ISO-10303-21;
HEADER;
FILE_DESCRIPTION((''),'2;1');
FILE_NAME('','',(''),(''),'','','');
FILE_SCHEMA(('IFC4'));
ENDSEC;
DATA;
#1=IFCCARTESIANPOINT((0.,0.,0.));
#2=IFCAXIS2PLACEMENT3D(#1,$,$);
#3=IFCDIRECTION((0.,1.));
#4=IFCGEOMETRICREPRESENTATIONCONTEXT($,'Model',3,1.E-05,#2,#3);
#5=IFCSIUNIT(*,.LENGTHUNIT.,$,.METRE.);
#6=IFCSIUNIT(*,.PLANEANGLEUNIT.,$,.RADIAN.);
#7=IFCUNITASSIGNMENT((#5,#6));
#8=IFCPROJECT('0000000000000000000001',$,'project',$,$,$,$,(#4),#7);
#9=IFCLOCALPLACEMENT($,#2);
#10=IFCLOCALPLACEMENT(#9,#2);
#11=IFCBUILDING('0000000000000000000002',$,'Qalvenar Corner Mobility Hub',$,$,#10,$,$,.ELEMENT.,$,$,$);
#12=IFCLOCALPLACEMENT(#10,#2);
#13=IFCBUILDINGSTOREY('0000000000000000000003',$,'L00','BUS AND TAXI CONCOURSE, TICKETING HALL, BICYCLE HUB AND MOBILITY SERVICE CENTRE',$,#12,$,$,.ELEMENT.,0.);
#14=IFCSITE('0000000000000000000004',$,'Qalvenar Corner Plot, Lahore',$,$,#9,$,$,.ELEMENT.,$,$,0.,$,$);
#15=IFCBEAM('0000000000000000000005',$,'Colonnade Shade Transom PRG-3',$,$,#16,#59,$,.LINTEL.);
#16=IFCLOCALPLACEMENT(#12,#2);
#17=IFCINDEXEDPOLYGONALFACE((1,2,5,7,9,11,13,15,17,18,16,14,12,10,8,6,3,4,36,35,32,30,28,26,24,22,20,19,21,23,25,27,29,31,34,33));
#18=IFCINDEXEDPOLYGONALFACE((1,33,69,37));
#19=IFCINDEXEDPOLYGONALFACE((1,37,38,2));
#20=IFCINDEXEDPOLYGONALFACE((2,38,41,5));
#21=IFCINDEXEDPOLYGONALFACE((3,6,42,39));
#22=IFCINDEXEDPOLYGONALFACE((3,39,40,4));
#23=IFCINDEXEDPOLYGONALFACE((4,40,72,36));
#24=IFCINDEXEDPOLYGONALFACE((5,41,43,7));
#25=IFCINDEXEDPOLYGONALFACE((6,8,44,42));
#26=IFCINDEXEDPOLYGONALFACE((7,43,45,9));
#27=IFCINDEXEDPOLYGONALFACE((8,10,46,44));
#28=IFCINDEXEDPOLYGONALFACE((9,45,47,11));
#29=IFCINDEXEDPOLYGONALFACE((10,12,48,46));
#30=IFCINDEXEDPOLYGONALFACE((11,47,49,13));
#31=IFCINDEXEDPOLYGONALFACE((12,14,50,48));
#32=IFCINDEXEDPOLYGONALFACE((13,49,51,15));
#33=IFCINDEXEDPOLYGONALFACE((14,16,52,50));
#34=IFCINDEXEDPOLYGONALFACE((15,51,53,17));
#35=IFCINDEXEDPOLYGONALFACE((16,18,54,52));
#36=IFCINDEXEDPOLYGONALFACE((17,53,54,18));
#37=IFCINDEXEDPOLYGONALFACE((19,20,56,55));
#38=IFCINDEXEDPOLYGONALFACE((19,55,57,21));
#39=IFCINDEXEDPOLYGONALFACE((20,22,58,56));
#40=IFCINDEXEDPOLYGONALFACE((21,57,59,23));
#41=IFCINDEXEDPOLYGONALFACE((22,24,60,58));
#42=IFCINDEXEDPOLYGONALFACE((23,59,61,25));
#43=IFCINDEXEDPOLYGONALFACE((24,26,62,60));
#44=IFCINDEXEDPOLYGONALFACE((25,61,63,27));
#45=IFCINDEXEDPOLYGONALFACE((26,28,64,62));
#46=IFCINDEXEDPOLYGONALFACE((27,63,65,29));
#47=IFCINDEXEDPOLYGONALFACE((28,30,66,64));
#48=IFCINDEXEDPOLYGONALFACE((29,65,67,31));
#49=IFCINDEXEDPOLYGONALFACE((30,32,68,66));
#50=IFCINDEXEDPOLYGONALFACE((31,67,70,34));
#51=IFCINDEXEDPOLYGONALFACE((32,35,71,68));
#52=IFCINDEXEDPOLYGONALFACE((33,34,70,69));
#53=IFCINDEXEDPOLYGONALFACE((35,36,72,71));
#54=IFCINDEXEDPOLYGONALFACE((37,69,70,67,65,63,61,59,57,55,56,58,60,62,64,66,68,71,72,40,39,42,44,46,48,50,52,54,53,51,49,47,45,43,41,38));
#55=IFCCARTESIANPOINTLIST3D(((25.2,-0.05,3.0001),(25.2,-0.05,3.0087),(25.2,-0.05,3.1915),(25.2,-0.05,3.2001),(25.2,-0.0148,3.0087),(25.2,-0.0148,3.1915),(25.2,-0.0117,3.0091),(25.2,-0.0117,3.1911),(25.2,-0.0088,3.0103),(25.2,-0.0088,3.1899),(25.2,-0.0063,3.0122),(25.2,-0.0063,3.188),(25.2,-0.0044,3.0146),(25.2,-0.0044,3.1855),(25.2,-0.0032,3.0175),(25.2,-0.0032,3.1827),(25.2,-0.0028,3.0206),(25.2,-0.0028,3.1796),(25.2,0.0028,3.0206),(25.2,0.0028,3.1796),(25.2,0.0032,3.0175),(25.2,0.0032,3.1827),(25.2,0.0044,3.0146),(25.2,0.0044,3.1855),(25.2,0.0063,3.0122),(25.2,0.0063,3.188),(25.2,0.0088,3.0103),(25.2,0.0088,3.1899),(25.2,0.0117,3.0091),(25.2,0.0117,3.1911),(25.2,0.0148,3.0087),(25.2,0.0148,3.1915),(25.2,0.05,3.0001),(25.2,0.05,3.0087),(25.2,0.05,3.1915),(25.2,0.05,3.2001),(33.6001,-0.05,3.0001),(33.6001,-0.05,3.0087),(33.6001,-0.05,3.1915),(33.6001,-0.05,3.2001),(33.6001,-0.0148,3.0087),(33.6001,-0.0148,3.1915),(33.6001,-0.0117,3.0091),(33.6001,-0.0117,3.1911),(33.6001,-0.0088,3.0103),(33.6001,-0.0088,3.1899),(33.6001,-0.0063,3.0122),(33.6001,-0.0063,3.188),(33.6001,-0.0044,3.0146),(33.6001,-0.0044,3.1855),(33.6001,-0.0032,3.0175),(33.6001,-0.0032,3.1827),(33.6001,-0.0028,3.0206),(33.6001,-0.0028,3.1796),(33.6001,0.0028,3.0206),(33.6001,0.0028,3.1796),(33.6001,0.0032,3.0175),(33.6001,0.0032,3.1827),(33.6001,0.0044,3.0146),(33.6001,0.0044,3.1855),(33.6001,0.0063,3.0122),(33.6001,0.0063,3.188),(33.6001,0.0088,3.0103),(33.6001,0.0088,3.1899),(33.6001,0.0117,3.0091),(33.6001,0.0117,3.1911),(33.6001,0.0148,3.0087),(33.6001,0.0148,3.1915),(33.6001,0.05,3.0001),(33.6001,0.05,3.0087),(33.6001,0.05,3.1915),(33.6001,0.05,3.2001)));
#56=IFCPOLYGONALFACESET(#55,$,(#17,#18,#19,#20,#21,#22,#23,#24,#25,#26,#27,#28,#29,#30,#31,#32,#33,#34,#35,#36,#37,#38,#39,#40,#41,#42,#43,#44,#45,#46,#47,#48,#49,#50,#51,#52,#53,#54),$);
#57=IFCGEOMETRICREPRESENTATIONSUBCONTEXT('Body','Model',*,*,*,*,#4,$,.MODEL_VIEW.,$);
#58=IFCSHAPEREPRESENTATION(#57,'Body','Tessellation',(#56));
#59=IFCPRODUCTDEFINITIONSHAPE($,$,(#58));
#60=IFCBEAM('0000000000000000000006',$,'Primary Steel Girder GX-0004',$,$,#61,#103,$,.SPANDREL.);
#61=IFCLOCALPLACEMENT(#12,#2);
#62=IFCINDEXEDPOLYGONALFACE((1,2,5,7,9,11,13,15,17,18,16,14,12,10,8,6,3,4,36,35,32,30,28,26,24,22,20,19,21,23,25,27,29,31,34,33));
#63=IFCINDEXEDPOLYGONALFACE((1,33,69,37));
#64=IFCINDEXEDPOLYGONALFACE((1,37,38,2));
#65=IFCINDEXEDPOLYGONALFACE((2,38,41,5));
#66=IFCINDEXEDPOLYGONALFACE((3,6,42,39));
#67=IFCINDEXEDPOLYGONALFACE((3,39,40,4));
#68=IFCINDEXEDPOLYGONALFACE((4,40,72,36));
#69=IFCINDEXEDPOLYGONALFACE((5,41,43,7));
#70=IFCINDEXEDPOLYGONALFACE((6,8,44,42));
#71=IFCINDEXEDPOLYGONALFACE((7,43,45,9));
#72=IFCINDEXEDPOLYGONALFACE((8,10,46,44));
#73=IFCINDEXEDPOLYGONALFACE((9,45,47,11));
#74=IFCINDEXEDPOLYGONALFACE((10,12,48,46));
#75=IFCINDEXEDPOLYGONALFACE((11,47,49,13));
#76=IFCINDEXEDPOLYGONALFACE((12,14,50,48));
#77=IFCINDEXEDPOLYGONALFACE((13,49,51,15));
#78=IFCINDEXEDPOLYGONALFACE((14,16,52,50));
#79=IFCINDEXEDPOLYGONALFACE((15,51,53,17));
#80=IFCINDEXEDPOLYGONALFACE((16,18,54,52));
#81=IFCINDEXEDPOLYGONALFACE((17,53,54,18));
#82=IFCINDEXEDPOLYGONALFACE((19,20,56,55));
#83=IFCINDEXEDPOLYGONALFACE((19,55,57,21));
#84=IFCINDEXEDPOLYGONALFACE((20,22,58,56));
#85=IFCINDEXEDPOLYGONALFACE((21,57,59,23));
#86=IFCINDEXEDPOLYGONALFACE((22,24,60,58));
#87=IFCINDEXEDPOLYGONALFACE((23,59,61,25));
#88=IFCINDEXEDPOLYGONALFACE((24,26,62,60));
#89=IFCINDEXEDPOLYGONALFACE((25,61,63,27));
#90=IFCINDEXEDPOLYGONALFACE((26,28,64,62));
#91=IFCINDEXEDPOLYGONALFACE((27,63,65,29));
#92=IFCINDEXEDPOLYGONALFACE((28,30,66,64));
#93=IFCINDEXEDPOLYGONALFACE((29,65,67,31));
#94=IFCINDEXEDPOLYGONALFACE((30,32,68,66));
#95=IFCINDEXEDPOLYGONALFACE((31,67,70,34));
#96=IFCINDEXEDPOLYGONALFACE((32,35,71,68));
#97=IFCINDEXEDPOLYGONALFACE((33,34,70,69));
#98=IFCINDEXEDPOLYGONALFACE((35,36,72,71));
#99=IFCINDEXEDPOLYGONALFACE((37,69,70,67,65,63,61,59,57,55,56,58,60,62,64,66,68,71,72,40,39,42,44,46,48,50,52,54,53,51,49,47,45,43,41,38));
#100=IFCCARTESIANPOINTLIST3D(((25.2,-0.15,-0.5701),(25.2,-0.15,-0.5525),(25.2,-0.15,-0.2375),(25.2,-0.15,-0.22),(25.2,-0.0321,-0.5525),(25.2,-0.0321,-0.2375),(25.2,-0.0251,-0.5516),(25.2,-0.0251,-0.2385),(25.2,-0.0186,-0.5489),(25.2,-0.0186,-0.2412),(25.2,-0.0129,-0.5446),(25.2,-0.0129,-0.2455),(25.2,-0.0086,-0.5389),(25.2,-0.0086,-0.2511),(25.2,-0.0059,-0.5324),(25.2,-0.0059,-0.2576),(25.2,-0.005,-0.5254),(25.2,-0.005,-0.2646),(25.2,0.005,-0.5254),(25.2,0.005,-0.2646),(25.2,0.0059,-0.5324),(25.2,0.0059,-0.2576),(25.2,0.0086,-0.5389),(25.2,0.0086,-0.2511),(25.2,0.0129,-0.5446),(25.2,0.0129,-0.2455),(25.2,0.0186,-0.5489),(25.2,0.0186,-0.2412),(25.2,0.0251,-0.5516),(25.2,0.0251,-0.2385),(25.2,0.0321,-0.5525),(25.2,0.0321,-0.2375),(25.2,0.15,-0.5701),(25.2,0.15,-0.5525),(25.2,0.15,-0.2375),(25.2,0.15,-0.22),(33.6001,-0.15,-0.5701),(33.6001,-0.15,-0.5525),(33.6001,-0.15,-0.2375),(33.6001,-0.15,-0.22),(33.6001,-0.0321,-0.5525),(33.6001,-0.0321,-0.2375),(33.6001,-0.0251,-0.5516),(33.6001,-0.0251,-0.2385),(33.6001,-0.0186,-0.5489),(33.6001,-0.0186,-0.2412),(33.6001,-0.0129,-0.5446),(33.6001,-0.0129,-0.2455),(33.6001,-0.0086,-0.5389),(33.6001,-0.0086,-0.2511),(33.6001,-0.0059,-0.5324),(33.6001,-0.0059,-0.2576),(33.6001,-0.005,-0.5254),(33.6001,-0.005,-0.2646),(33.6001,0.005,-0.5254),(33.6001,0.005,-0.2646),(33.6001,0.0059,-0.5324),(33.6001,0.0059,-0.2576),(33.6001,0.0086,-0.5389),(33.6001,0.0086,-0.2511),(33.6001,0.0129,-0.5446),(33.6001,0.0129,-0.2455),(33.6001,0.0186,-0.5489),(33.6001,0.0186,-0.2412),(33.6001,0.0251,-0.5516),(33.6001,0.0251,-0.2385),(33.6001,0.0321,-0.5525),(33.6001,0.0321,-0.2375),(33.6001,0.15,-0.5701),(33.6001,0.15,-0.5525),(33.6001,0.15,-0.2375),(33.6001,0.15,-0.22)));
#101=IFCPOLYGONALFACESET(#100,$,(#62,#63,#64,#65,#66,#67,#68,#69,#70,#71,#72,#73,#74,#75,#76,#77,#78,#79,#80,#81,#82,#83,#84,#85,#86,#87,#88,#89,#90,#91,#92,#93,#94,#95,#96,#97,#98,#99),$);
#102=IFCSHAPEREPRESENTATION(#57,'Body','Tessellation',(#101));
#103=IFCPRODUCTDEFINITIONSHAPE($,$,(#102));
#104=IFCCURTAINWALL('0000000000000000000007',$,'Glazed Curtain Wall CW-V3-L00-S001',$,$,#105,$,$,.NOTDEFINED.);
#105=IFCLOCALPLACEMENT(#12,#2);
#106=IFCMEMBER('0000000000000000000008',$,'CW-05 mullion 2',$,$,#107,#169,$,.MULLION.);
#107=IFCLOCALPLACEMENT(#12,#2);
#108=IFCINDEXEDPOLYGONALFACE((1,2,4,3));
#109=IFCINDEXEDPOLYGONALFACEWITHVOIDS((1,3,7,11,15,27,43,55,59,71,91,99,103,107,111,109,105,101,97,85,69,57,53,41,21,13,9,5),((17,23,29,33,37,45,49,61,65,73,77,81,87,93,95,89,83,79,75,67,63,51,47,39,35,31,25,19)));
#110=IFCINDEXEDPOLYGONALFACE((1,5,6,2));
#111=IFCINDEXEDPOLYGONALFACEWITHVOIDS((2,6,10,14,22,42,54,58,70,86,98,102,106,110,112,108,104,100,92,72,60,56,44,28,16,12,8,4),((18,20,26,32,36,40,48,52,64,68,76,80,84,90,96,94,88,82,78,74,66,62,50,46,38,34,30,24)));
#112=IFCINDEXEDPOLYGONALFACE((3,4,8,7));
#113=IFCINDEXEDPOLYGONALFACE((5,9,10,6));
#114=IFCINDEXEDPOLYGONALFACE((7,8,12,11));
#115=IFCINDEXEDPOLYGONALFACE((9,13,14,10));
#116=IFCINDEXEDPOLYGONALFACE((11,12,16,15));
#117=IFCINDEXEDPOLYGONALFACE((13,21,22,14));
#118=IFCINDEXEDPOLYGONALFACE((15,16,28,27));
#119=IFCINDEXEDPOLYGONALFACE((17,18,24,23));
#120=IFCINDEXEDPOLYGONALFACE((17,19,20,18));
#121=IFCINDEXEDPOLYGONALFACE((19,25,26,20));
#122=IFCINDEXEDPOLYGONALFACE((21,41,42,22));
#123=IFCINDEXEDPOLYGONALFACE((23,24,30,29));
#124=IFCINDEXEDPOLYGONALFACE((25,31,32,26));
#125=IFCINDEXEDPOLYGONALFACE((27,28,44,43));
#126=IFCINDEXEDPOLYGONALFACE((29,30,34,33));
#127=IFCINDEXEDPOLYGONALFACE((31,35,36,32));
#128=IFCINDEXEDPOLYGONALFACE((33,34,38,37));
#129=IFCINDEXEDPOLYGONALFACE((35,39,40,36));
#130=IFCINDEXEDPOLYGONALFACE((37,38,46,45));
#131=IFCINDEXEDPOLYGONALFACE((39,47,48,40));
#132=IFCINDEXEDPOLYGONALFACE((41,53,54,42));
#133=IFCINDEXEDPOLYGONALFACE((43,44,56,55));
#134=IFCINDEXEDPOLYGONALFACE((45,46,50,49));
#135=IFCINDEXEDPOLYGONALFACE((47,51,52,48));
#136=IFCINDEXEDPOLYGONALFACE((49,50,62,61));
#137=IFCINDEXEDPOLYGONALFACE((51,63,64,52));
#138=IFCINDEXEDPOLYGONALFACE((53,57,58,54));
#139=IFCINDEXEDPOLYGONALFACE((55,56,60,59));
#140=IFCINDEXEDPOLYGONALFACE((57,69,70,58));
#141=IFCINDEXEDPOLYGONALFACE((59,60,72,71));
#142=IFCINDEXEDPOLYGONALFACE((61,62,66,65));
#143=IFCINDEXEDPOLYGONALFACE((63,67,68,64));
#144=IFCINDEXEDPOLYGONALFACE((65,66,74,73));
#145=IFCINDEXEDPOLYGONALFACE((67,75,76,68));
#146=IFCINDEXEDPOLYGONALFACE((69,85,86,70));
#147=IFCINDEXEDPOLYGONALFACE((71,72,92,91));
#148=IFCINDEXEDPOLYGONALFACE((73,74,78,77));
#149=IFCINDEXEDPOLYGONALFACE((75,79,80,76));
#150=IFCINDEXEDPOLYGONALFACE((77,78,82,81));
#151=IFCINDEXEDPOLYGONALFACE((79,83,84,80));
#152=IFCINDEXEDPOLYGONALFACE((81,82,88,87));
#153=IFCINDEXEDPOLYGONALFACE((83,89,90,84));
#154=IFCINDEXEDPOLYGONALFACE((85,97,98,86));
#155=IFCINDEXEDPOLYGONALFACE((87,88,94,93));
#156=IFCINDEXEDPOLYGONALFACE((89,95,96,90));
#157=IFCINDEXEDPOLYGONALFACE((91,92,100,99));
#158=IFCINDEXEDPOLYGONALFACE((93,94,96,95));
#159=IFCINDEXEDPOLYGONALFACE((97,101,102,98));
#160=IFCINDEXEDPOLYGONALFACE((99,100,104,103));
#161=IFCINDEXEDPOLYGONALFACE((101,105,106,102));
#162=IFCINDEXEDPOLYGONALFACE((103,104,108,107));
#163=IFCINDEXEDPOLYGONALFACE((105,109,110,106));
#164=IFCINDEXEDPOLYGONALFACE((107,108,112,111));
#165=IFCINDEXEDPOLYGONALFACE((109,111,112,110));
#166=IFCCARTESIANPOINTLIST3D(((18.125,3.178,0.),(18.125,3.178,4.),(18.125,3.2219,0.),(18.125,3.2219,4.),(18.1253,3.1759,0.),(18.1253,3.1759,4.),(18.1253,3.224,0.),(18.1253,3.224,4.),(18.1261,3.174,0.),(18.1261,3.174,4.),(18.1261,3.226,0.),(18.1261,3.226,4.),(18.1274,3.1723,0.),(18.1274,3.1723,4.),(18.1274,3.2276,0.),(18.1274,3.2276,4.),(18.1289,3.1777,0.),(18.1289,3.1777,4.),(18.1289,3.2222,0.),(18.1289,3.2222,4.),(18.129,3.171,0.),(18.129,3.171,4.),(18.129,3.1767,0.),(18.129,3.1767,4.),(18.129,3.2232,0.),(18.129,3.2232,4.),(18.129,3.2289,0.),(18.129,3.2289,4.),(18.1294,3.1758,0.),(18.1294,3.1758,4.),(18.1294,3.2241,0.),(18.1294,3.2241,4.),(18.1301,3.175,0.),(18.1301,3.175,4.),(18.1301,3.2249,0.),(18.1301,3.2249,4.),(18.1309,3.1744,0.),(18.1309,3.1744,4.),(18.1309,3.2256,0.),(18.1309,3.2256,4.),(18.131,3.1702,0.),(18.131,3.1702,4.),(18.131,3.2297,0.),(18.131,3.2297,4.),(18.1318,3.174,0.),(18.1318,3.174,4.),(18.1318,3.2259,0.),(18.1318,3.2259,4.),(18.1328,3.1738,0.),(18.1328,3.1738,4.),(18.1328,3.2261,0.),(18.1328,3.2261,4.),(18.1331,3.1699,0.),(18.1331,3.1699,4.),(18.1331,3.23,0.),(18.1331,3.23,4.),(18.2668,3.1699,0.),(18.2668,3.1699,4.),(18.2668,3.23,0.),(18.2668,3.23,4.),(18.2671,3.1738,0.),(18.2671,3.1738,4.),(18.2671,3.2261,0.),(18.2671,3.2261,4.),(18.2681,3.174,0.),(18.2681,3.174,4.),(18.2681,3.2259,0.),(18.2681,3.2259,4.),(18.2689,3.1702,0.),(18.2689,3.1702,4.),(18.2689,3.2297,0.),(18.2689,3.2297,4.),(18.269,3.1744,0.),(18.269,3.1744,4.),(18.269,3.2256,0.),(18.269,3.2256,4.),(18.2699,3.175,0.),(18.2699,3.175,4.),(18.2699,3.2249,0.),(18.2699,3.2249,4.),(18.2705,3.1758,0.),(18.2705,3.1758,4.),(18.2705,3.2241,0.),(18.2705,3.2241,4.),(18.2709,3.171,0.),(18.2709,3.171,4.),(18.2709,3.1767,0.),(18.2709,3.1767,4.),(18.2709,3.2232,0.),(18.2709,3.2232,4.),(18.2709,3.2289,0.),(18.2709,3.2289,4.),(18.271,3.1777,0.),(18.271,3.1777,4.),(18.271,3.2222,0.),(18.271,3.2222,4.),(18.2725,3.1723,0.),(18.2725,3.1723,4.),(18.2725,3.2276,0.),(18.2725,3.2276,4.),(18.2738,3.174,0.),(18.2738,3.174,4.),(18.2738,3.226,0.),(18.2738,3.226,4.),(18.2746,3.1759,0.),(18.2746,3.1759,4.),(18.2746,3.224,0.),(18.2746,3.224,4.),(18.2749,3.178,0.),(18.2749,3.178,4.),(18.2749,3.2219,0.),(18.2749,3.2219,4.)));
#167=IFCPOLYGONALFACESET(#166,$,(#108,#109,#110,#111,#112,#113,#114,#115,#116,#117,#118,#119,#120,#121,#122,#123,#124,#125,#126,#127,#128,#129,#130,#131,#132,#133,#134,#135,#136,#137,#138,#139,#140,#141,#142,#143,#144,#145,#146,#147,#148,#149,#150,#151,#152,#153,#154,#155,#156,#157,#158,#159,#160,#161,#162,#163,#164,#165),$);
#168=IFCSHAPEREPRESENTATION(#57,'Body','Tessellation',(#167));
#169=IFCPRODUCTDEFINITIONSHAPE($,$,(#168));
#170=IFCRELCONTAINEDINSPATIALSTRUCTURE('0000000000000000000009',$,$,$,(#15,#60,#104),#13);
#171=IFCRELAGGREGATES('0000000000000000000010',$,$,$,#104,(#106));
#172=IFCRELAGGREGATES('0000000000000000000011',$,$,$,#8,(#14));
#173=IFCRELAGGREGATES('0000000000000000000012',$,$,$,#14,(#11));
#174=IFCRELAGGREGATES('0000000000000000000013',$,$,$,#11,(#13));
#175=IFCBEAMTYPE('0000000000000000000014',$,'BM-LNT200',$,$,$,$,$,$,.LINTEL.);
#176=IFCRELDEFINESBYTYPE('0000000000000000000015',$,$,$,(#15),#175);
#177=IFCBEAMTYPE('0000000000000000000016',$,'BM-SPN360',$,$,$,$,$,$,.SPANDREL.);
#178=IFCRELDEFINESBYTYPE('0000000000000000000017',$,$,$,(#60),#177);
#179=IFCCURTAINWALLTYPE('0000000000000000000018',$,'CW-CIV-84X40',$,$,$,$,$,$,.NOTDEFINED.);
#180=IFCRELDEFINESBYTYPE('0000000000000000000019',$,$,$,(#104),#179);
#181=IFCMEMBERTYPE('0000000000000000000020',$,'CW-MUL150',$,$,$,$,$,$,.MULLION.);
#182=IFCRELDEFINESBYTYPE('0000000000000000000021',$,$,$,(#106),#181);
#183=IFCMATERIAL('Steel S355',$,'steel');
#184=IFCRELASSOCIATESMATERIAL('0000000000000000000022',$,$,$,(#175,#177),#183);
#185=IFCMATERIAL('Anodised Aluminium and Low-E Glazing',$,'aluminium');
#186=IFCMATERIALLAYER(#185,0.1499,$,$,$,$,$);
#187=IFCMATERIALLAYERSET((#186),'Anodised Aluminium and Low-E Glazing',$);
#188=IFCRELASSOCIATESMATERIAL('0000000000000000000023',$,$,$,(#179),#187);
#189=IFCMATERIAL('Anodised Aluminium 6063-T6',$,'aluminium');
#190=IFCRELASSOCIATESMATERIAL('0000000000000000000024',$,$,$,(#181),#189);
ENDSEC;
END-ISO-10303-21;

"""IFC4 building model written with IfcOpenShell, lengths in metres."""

from ifc_helpers import new_model, si_unit, direction, frame, origin, origin_2d, place, context, subcontext, project, spatial, hollow_rectangle, i_section, extrude, material, layer, layer_set, material_profile, profile_set, type_object, element, aggregate, save


model = new_model("IFC4")

# Units and contexts
model_context = context("Model", 3, precision=1e-05, world=origin(), true_north=direction((0.0, 1.0)))
body_context = subcontext(model_context, "Body", "Model", "MODEL_VIEW")
ifc_project = project(units=[si_unit("LENGTHUNIT", "METRE"), si_unit("PLANEANGLEUNIT", "RADIAN")], contexts=[model_context])

# Site, building, storey
site_placement = place(None, origin())
site = spatial("IfcSite", under=ifc_project, at=site_placement, Name="Qalvenar Corner Plot, Lahore", CompositionType="ELEMENT", RefElevation=0.0)
building_placement = place(site_placement, origin())
building = spatial("IfcBuilding", under=site, at=building_placement, Name="Qalvenar Corner Mobility Hub", CompositionType="ELEMENT")
storey_placement = place(building_placement, origin())
storey = spatial("IfcBuildingStorey", under=building, at=storey_placement, Name="L00", Description="BUS AND TAXI CONCOURSE, TICKETING HALL, BICYCLE HUB AND MOBILITY SERVICE CENTRE", CompositionType="ELEMENT", Elevation=0.0)

# Shared definitions
ifc_material_1 = material(Name="Steel S355", Category="steel")

# Beams
ifc_material_profile_1 = material_profile(ifc_material_1, i_section(OverallWidth=0.1001, OverallDepth=0.2, WebThickness=0.0056, FlangeThickness=0.0085, FilletRadius=0.012, at=origin_2d()), Name="IPE200")
ifc_profile_set_1 = profile_set([ifc_material_profile_1], Name="Steel S355")
beam_type_1 = type_object("IfcBeamType", Name="BM-LNT200", PredefinedType="LINTEL", material=ifc_profile_set_1)
beam_1_placement = place(storey_placement, frame((25.2, 0.0, 3.1001), z_axis=(1.0, 0.0, 0.0), x_axis=(0.0, 1.0, 0.0)))
element("IfcBeam", 1, at=beam_1_placement, inside=storey, type_object=beam_type_1, Name="Colonnade Shade Transom PRG-3", PredefinedType="LINTEL", context=body_context, shape_type="SweptSolid", body=[
    extrude(i_section(OverallWidth=0.1001, OverallDepth=0.2, WebThickness=0.0056, FlangeThickness=0.0085, FilletRadius=0.012, at=origin_2d()), origin(), (0.0, 0.0, 1.0), 8.4001),
])
ifc_material_profile_2 = material_profile(ifc_material_1, i_section(OverallWidth=0.3, OverallDepth=0.3501, WebThickness=0.01, FlangeThickness=0.0176, FilletRadius=0.0271, at=origin_2d()), Name="HEA360")
ifc_profile_set_2 = profile_set([ifc_material_profile_2], Name="Steel S355")
beam_type_2 = type_object("IfcBeamType", Name="BM-SPN360", PredefinedType="SPANDREL", material=ifc_profile_set_2)
beam_2_placement = place(storey_placement, frame((25.2, 0.0, -0.395), z_axis=(1.0, 0.0, 0.0), x_axis=(0.0, 1.0, 0.0)))
element("IfcBeam", 2, at=beam_2_placement, inside=storey, type_object=beam_type_2, Name="Primary Steel Girder GX-0004", PredefinedType="SPANDREL", context=body_context, shape_type="SweptSolid", body=[
    extrude(i_section(OverallWidth=0.3, OverallDepth=0.3501, WebThickness=0.01, FlangeThickness=0.0176, FilletRadius=0.0271, at=origin_2d()), origin(), (0.0, 0.0, 1.0), 8.4001),
])

# Curtain wall, member
ifc_material_2 = material(Name="Anodised Aluminium and Low-E Glazing", Category="aluminium")
ifc_layer_1 = layer(ifc_material_2, 0.1499)
ifc_layer_set_1 = layer_set([ifc_layer_1], Name="Anodised Aluminium and Low-E Glazing")
curtain_wall_type = type_object("IfcCurtainWallType", Name="CW-CIV-84X40", PredefinedType="NOTDEFINED", material=ifc_layer_set_1)
curtain_wall_placement = place(storey_placement, origin())
curtain_wall = element("IfcCurtainWall", 3, at=curtain_wall_placement, inside=storey, type_object=curtain_wall_type, Name="Glazed Curtain Wall CW-V3-L00-S001", PredefinedType="NOTDEFINED")
ifc_material_3 = material(Name="Anodised Aluminium 6063-T6", Category="aluminium")
ifc_material_profile_3 = material_profile(ifc_material_3, hollow_rectangle(XDim=0.0601, YDim=0.1499, WallThickness=0.0039, InnerFilletRadius=0.0039, OuterFilletRadius=0.0081, at=origin_2d()), Name="RHS150x60x4")
ifc_profile_set_3 = profile_set([ifc_material_profile_3], Name="Anodised Aluminium 6063-T6")
member_type_1 = type_object("IfcMemberType", Name="CW-MUL150", PredefinedType="MULLION", material=ifc_profile_set_3)
member_1_placement = place(storey_placement, frame((18.2, 3.2, 0.0), z_axis=(0.0, 0.0, 1.0), x_axis=(0.0, 1.0, 0.0)))
member_1 = element("IfcMember", 4, at=member_1_placement, type_object=member_type_1, Name="CW-05 mullion 2", PredefinedType="MULLION", context=body_context, shape_type="SweptSolid", body=[
    extrude(hollow_rectangle(XDim=0.0601, YDim=0.1499, WallThickness=0.0039, InnerFilletRadius=0.0039, OuterFilletRadius=0.0081, at=origin_2d()), origin(), (0.0, 0.0, 1.0), 4.0),
])
aggregate(curtain_wall, [member_1])

save(model, "model.ifc")
